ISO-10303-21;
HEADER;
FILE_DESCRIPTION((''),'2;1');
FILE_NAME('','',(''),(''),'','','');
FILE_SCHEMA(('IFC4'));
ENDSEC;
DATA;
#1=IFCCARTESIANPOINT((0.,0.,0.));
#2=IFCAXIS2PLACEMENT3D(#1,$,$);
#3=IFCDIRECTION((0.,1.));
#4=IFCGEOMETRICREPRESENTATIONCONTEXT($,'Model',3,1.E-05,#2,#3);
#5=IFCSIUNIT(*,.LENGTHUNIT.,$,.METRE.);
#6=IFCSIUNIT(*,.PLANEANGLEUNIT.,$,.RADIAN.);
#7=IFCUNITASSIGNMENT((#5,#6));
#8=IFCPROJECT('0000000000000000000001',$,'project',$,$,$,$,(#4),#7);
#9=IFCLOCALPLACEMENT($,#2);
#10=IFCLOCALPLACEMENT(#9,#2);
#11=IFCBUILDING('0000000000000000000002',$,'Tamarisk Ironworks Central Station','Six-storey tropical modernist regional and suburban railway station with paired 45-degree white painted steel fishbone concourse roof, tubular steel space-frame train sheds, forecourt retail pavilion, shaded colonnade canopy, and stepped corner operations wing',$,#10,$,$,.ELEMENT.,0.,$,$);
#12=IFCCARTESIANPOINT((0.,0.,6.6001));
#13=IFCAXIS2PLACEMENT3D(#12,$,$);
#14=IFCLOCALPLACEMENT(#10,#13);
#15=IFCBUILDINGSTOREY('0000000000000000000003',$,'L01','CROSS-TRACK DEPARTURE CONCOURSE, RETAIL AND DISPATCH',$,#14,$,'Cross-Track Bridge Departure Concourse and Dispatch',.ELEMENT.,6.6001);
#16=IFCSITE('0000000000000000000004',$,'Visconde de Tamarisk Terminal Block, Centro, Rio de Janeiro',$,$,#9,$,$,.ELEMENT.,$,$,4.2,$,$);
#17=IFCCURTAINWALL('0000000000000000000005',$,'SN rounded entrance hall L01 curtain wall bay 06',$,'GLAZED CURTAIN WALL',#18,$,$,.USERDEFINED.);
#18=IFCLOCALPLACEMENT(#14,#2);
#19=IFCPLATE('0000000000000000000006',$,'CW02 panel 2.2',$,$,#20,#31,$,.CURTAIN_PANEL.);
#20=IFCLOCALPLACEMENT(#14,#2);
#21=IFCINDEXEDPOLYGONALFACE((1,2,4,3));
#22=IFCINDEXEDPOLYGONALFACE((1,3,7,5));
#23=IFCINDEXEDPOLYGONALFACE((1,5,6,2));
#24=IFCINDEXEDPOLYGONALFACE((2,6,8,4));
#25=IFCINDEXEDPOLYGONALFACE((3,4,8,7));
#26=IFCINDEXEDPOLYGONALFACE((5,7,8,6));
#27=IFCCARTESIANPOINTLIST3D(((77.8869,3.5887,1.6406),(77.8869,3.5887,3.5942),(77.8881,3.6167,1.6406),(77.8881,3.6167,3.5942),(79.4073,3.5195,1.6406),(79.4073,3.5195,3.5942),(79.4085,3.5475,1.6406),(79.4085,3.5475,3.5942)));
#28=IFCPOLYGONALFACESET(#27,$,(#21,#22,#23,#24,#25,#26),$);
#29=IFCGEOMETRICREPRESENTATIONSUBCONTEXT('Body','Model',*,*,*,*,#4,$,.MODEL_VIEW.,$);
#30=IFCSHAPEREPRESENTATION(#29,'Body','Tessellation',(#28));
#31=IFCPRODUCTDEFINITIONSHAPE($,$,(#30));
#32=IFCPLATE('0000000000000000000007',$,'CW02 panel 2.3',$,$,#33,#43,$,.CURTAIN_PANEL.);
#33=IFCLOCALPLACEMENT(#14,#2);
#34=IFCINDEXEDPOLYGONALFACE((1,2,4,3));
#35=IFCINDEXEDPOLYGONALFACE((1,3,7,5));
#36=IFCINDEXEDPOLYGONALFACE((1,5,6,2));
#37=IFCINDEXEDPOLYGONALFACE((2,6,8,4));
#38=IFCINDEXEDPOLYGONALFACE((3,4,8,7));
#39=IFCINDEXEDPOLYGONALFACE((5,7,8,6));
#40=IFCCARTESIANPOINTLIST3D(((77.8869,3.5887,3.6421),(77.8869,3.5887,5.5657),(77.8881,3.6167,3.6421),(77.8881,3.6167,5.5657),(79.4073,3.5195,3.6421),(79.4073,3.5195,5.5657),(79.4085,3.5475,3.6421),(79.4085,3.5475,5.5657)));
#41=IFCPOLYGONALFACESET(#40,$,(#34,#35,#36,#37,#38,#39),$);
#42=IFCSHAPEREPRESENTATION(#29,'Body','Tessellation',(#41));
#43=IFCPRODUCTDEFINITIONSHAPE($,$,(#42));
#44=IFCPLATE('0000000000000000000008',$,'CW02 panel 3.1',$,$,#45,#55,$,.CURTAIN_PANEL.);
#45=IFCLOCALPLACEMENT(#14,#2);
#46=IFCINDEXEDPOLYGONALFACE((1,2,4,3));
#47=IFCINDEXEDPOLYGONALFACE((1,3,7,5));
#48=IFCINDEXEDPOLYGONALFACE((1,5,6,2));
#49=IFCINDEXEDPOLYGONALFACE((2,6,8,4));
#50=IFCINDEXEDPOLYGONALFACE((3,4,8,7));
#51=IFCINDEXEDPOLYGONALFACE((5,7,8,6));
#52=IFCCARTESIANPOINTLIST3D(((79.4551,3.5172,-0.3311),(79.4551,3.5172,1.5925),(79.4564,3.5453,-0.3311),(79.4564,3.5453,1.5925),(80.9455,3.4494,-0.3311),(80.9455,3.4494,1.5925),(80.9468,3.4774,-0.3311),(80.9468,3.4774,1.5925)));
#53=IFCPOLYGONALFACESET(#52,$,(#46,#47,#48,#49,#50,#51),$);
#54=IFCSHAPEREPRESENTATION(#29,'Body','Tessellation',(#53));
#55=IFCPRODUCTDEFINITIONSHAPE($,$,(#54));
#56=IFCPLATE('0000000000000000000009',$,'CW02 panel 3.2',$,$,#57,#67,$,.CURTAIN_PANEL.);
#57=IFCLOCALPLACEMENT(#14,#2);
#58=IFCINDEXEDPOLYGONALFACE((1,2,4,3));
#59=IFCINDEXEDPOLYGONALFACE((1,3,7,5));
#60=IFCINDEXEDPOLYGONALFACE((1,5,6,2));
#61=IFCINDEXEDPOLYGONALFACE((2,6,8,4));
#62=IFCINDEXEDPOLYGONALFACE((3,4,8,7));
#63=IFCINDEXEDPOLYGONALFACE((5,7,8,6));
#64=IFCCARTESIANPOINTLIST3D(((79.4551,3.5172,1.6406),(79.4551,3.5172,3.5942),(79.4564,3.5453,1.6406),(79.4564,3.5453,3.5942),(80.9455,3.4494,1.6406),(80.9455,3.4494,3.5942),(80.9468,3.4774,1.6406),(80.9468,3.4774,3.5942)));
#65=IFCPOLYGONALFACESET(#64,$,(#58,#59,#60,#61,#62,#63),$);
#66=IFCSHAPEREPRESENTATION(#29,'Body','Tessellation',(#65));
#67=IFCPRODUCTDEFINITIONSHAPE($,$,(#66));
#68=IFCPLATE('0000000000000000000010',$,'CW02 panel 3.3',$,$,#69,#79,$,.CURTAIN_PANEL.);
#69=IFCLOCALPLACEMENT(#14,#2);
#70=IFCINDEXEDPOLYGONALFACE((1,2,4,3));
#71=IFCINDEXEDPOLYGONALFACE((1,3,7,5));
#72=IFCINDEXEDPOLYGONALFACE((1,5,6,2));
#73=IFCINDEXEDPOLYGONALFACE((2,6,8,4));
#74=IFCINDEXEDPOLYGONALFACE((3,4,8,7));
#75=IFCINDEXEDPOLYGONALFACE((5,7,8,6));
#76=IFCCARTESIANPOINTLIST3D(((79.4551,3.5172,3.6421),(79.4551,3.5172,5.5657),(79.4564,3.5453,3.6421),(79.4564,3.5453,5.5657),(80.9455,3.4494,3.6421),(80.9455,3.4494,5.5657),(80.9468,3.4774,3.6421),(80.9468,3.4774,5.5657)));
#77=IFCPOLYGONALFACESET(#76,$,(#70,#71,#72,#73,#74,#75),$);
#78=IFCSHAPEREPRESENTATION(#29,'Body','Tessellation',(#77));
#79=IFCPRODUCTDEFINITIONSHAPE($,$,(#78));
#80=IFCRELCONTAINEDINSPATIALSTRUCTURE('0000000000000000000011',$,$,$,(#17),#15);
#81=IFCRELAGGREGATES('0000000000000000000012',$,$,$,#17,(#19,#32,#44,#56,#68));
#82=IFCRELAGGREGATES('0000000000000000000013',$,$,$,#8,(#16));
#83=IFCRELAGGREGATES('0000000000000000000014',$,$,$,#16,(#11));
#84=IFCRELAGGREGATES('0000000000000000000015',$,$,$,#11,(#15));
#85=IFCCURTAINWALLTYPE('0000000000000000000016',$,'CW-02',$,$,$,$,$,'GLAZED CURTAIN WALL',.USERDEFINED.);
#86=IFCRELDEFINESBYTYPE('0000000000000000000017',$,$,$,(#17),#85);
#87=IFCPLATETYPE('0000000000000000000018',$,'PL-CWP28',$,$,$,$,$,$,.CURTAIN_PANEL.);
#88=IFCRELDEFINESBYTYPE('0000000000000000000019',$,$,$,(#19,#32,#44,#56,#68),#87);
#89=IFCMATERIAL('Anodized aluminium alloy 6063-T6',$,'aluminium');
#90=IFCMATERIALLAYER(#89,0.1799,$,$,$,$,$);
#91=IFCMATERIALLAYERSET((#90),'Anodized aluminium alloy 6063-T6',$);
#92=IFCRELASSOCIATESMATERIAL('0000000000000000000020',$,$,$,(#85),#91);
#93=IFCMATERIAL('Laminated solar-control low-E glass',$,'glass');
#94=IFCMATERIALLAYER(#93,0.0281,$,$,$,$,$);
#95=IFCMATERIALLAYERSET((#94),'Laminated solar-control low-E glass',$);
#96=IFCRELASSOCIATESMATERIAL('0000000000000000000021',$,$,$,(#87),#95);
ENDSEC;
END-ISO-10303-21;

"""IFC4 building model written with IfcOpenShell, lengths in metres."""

from ifc_helpers import new_model, si_unit, direction, frame, origin, origin_2d, place, context, subcontext, project, spatial, rectangle, extrude, material, layer, layer_set, type_object, element, aggregate, save


model = new_model("IFC4")

# Units and contexts
model_context = context("Model", 3, precision=1e-05, world=origin(), true_north=direction((0.0, 1.0)))
body_context = subcontext(model_context, "Body", "Model", "MODEL_VIEW")
ifc_project = project(units=[si_unit("LENGTHUNIT", "METRE"), si_unit("PLANEANGLEUNIT", "RADIAN")], contexts=[model_context])

# Site, building, storey
site_placement = place(None, origin())
site = spatial("IfcSite", under=ifc_project, at=site_placement, Name="Visconde de Tamarisk Terminal Block, Centro, Rio de Janeiro", CompositionType="ELEMENT", RefElevation=4.2)
building_placement = place(site_placement, origin())
building = spatial("IfcBuilding", under=site, at=building_placement, Name="Tamarisk Ironworks Central Station", Description="Six-storey tropical modernist regional and suburban railway station with paired 45-degree white painted steel fishbone concourse roof, tubular steel space-frame train sheds, forecourt retail pavilion, shaded colonnade canopy, and stepped corner operations wing", CompositionType="ELEMENT", ElevationOfRefHeight=0.0)
storey_placement = place(building_placement, frame((0.0, 0.0, 6.6001)))
storey = spatial("IfcBuildingStorey", under=building, at=storey_placement, Name="L01", Description="CROSS-TRACK DEPARTURE CONCOURSE, RETAIL AND DISPATCH", LongName="Cross-Track Bridge Departure Concourse and Dispatch", CompositionType="ELEMENT", Elevation=6.6001)

# Curtain wall
ifc_material_1 = material(Name="Anodized aluminium alloy 6063-T6", Category="aluminium")
ifc_layer_1 = layer(ifc_material_1, 0.1799)
ifc_layer_set_1 = layer_set([ifc_layer_1], Name="Anodized aluminium alloy 6063-T6")
curtain_wall_type = type_object("IfcCurtainWallType", Name="CW-02", ElementType="GLAZED CURTAIN WALL", PredefinedType="USERDEFINED", material=ifc_layer_set_1)
curtain_wall_1_placement = place(storey_placement, origin())
curtain_wall_1 = element("IfcCurtainWall", 1, at=curtain_wall_1_placement, inside=storey, type_object=curtain_wall_type, Name="SN rounded entrance hall L01 curtain wall bay 06", ObjectType="GLAZED CURTAIN WALL", PredefinedType="USERDEFINED")

# Plates
ifc_material_2 = material(Name="Laminated solar-control low-E glass", Category="glass")
ifc_layer_2 = layer(ifc_material_2, 0.0281)
ifc_layer_set_2 = layer_set([ifc_layer_2], Name="Laminated solar-control low-E glass")
plate_type = type_object("IfcPlateType", Name="PL-CWP28", PredefinedType="CURTAIN_PANEL", material=ifc_layer_set_2)
plate_1_placement = place(storey_placement, frame((78.6477, 3.5681, 1.6406), z_axis=(0.0, 0.0, 1.0), x_axis=(0.998965, -0.045481, 0.0)))
plate_1 = element("IfcPlate", 2, at=plate_1_placement, type_object=plate_type, Name="CW02 panel 2.2", PredefinedType="CURTAIN_PANEL", context=body_context, shape_type="SweptSolid", body=[
    extrude(rectangle(XDim=1.522, YDim=0.0281, at=origin_2d()), origin(), (0.0, 0.0, 1.0), 1.9536),
])
plate_2_placement = place(storey_placement, frame((78.6477, 3.5681, 3.6421), z_axis=(0.0, 0.0, 1.0), x_axis=(0.998965, -0.045481, 0.0)))
plate_2 = element("IfcPlate", 3, at=plate_2_placement, type_object=plate_type, Name="CW02 panel 2.3", PredefinedType="CURTAIN_PANEL", context=body_context, shape_type="SweptSolid", body=[
    extrude(rectangle(XDim=1.522, YDim=0.0281, at=origin_2d()), origin(), (0.0, 0.0, 1.0), 1.9236),
])
plate_3_placement = place(storey_placement, frame((80.2009, 3.4973, -0.3311), z_axis=(0.0, 0.0, 1.0), x_axis=(0.998965, -0.045481, 0.0)))
plate_3 = element("IfcPlate", 4, at=plate_3_placement, type_object=plate_type, Name="CW02 panel 3.1", PredefinedType="CURTAIN_PANEL", context=body_context, shape_type="SweptSolid", body=[
    extrude(rectangle(XDim=1.4919, YDim=0.0281, at=origin_2d()), origin(), (0.0, 0.0, 1.0), 1.9236),
])
plate_4_placement = place(storey_placement, frame((80.2009, 3.4973, 1.6406), z_axis=(0.0, 0.0, 1.0), x_axis=(0.998965, -0.045481, 0.0)))
plate_4 = element("IfcPlate", 5, at=plate_4_placement, type_object=plate_type, Name="CW02 panel 3.2", PredefinedType="CURTAIN_PANEL", context=body_context, shape_type="SweptSolid", body=[
    extrude(rectangle(XDim=1.4919, YDim=0.0281, at=origin_2d()), origin(), (0.0, 0.0, 1.0), 1.9536),
])
plate_5_placement = place(storey_placement, frame((80.2009, 3.4973, 3.6421), z_axis=(0.0, 0.0, 1.0), x_axis=(0.998965, -0.045481, 0.0)))
plate_5 = element("IfcPlate", 6, at=plate_5_placement, type_object=plate_type, Name="CW02 panel 3.3", PredefinedType="CURTAIN_PANEL", context=body_context, shape_type="SweptSolid", body=[
    extrude(rectangle(XDim=1.4919, YDim=0.0281, at=origin_2d()), origin(), (0.0, 0.0, 1.0), 1.9236),
])
aggregate(curtain_wall_1, [plate_1, plate_2, plate_3, plate_4, plate_5])

save(model, "model.ifc")
